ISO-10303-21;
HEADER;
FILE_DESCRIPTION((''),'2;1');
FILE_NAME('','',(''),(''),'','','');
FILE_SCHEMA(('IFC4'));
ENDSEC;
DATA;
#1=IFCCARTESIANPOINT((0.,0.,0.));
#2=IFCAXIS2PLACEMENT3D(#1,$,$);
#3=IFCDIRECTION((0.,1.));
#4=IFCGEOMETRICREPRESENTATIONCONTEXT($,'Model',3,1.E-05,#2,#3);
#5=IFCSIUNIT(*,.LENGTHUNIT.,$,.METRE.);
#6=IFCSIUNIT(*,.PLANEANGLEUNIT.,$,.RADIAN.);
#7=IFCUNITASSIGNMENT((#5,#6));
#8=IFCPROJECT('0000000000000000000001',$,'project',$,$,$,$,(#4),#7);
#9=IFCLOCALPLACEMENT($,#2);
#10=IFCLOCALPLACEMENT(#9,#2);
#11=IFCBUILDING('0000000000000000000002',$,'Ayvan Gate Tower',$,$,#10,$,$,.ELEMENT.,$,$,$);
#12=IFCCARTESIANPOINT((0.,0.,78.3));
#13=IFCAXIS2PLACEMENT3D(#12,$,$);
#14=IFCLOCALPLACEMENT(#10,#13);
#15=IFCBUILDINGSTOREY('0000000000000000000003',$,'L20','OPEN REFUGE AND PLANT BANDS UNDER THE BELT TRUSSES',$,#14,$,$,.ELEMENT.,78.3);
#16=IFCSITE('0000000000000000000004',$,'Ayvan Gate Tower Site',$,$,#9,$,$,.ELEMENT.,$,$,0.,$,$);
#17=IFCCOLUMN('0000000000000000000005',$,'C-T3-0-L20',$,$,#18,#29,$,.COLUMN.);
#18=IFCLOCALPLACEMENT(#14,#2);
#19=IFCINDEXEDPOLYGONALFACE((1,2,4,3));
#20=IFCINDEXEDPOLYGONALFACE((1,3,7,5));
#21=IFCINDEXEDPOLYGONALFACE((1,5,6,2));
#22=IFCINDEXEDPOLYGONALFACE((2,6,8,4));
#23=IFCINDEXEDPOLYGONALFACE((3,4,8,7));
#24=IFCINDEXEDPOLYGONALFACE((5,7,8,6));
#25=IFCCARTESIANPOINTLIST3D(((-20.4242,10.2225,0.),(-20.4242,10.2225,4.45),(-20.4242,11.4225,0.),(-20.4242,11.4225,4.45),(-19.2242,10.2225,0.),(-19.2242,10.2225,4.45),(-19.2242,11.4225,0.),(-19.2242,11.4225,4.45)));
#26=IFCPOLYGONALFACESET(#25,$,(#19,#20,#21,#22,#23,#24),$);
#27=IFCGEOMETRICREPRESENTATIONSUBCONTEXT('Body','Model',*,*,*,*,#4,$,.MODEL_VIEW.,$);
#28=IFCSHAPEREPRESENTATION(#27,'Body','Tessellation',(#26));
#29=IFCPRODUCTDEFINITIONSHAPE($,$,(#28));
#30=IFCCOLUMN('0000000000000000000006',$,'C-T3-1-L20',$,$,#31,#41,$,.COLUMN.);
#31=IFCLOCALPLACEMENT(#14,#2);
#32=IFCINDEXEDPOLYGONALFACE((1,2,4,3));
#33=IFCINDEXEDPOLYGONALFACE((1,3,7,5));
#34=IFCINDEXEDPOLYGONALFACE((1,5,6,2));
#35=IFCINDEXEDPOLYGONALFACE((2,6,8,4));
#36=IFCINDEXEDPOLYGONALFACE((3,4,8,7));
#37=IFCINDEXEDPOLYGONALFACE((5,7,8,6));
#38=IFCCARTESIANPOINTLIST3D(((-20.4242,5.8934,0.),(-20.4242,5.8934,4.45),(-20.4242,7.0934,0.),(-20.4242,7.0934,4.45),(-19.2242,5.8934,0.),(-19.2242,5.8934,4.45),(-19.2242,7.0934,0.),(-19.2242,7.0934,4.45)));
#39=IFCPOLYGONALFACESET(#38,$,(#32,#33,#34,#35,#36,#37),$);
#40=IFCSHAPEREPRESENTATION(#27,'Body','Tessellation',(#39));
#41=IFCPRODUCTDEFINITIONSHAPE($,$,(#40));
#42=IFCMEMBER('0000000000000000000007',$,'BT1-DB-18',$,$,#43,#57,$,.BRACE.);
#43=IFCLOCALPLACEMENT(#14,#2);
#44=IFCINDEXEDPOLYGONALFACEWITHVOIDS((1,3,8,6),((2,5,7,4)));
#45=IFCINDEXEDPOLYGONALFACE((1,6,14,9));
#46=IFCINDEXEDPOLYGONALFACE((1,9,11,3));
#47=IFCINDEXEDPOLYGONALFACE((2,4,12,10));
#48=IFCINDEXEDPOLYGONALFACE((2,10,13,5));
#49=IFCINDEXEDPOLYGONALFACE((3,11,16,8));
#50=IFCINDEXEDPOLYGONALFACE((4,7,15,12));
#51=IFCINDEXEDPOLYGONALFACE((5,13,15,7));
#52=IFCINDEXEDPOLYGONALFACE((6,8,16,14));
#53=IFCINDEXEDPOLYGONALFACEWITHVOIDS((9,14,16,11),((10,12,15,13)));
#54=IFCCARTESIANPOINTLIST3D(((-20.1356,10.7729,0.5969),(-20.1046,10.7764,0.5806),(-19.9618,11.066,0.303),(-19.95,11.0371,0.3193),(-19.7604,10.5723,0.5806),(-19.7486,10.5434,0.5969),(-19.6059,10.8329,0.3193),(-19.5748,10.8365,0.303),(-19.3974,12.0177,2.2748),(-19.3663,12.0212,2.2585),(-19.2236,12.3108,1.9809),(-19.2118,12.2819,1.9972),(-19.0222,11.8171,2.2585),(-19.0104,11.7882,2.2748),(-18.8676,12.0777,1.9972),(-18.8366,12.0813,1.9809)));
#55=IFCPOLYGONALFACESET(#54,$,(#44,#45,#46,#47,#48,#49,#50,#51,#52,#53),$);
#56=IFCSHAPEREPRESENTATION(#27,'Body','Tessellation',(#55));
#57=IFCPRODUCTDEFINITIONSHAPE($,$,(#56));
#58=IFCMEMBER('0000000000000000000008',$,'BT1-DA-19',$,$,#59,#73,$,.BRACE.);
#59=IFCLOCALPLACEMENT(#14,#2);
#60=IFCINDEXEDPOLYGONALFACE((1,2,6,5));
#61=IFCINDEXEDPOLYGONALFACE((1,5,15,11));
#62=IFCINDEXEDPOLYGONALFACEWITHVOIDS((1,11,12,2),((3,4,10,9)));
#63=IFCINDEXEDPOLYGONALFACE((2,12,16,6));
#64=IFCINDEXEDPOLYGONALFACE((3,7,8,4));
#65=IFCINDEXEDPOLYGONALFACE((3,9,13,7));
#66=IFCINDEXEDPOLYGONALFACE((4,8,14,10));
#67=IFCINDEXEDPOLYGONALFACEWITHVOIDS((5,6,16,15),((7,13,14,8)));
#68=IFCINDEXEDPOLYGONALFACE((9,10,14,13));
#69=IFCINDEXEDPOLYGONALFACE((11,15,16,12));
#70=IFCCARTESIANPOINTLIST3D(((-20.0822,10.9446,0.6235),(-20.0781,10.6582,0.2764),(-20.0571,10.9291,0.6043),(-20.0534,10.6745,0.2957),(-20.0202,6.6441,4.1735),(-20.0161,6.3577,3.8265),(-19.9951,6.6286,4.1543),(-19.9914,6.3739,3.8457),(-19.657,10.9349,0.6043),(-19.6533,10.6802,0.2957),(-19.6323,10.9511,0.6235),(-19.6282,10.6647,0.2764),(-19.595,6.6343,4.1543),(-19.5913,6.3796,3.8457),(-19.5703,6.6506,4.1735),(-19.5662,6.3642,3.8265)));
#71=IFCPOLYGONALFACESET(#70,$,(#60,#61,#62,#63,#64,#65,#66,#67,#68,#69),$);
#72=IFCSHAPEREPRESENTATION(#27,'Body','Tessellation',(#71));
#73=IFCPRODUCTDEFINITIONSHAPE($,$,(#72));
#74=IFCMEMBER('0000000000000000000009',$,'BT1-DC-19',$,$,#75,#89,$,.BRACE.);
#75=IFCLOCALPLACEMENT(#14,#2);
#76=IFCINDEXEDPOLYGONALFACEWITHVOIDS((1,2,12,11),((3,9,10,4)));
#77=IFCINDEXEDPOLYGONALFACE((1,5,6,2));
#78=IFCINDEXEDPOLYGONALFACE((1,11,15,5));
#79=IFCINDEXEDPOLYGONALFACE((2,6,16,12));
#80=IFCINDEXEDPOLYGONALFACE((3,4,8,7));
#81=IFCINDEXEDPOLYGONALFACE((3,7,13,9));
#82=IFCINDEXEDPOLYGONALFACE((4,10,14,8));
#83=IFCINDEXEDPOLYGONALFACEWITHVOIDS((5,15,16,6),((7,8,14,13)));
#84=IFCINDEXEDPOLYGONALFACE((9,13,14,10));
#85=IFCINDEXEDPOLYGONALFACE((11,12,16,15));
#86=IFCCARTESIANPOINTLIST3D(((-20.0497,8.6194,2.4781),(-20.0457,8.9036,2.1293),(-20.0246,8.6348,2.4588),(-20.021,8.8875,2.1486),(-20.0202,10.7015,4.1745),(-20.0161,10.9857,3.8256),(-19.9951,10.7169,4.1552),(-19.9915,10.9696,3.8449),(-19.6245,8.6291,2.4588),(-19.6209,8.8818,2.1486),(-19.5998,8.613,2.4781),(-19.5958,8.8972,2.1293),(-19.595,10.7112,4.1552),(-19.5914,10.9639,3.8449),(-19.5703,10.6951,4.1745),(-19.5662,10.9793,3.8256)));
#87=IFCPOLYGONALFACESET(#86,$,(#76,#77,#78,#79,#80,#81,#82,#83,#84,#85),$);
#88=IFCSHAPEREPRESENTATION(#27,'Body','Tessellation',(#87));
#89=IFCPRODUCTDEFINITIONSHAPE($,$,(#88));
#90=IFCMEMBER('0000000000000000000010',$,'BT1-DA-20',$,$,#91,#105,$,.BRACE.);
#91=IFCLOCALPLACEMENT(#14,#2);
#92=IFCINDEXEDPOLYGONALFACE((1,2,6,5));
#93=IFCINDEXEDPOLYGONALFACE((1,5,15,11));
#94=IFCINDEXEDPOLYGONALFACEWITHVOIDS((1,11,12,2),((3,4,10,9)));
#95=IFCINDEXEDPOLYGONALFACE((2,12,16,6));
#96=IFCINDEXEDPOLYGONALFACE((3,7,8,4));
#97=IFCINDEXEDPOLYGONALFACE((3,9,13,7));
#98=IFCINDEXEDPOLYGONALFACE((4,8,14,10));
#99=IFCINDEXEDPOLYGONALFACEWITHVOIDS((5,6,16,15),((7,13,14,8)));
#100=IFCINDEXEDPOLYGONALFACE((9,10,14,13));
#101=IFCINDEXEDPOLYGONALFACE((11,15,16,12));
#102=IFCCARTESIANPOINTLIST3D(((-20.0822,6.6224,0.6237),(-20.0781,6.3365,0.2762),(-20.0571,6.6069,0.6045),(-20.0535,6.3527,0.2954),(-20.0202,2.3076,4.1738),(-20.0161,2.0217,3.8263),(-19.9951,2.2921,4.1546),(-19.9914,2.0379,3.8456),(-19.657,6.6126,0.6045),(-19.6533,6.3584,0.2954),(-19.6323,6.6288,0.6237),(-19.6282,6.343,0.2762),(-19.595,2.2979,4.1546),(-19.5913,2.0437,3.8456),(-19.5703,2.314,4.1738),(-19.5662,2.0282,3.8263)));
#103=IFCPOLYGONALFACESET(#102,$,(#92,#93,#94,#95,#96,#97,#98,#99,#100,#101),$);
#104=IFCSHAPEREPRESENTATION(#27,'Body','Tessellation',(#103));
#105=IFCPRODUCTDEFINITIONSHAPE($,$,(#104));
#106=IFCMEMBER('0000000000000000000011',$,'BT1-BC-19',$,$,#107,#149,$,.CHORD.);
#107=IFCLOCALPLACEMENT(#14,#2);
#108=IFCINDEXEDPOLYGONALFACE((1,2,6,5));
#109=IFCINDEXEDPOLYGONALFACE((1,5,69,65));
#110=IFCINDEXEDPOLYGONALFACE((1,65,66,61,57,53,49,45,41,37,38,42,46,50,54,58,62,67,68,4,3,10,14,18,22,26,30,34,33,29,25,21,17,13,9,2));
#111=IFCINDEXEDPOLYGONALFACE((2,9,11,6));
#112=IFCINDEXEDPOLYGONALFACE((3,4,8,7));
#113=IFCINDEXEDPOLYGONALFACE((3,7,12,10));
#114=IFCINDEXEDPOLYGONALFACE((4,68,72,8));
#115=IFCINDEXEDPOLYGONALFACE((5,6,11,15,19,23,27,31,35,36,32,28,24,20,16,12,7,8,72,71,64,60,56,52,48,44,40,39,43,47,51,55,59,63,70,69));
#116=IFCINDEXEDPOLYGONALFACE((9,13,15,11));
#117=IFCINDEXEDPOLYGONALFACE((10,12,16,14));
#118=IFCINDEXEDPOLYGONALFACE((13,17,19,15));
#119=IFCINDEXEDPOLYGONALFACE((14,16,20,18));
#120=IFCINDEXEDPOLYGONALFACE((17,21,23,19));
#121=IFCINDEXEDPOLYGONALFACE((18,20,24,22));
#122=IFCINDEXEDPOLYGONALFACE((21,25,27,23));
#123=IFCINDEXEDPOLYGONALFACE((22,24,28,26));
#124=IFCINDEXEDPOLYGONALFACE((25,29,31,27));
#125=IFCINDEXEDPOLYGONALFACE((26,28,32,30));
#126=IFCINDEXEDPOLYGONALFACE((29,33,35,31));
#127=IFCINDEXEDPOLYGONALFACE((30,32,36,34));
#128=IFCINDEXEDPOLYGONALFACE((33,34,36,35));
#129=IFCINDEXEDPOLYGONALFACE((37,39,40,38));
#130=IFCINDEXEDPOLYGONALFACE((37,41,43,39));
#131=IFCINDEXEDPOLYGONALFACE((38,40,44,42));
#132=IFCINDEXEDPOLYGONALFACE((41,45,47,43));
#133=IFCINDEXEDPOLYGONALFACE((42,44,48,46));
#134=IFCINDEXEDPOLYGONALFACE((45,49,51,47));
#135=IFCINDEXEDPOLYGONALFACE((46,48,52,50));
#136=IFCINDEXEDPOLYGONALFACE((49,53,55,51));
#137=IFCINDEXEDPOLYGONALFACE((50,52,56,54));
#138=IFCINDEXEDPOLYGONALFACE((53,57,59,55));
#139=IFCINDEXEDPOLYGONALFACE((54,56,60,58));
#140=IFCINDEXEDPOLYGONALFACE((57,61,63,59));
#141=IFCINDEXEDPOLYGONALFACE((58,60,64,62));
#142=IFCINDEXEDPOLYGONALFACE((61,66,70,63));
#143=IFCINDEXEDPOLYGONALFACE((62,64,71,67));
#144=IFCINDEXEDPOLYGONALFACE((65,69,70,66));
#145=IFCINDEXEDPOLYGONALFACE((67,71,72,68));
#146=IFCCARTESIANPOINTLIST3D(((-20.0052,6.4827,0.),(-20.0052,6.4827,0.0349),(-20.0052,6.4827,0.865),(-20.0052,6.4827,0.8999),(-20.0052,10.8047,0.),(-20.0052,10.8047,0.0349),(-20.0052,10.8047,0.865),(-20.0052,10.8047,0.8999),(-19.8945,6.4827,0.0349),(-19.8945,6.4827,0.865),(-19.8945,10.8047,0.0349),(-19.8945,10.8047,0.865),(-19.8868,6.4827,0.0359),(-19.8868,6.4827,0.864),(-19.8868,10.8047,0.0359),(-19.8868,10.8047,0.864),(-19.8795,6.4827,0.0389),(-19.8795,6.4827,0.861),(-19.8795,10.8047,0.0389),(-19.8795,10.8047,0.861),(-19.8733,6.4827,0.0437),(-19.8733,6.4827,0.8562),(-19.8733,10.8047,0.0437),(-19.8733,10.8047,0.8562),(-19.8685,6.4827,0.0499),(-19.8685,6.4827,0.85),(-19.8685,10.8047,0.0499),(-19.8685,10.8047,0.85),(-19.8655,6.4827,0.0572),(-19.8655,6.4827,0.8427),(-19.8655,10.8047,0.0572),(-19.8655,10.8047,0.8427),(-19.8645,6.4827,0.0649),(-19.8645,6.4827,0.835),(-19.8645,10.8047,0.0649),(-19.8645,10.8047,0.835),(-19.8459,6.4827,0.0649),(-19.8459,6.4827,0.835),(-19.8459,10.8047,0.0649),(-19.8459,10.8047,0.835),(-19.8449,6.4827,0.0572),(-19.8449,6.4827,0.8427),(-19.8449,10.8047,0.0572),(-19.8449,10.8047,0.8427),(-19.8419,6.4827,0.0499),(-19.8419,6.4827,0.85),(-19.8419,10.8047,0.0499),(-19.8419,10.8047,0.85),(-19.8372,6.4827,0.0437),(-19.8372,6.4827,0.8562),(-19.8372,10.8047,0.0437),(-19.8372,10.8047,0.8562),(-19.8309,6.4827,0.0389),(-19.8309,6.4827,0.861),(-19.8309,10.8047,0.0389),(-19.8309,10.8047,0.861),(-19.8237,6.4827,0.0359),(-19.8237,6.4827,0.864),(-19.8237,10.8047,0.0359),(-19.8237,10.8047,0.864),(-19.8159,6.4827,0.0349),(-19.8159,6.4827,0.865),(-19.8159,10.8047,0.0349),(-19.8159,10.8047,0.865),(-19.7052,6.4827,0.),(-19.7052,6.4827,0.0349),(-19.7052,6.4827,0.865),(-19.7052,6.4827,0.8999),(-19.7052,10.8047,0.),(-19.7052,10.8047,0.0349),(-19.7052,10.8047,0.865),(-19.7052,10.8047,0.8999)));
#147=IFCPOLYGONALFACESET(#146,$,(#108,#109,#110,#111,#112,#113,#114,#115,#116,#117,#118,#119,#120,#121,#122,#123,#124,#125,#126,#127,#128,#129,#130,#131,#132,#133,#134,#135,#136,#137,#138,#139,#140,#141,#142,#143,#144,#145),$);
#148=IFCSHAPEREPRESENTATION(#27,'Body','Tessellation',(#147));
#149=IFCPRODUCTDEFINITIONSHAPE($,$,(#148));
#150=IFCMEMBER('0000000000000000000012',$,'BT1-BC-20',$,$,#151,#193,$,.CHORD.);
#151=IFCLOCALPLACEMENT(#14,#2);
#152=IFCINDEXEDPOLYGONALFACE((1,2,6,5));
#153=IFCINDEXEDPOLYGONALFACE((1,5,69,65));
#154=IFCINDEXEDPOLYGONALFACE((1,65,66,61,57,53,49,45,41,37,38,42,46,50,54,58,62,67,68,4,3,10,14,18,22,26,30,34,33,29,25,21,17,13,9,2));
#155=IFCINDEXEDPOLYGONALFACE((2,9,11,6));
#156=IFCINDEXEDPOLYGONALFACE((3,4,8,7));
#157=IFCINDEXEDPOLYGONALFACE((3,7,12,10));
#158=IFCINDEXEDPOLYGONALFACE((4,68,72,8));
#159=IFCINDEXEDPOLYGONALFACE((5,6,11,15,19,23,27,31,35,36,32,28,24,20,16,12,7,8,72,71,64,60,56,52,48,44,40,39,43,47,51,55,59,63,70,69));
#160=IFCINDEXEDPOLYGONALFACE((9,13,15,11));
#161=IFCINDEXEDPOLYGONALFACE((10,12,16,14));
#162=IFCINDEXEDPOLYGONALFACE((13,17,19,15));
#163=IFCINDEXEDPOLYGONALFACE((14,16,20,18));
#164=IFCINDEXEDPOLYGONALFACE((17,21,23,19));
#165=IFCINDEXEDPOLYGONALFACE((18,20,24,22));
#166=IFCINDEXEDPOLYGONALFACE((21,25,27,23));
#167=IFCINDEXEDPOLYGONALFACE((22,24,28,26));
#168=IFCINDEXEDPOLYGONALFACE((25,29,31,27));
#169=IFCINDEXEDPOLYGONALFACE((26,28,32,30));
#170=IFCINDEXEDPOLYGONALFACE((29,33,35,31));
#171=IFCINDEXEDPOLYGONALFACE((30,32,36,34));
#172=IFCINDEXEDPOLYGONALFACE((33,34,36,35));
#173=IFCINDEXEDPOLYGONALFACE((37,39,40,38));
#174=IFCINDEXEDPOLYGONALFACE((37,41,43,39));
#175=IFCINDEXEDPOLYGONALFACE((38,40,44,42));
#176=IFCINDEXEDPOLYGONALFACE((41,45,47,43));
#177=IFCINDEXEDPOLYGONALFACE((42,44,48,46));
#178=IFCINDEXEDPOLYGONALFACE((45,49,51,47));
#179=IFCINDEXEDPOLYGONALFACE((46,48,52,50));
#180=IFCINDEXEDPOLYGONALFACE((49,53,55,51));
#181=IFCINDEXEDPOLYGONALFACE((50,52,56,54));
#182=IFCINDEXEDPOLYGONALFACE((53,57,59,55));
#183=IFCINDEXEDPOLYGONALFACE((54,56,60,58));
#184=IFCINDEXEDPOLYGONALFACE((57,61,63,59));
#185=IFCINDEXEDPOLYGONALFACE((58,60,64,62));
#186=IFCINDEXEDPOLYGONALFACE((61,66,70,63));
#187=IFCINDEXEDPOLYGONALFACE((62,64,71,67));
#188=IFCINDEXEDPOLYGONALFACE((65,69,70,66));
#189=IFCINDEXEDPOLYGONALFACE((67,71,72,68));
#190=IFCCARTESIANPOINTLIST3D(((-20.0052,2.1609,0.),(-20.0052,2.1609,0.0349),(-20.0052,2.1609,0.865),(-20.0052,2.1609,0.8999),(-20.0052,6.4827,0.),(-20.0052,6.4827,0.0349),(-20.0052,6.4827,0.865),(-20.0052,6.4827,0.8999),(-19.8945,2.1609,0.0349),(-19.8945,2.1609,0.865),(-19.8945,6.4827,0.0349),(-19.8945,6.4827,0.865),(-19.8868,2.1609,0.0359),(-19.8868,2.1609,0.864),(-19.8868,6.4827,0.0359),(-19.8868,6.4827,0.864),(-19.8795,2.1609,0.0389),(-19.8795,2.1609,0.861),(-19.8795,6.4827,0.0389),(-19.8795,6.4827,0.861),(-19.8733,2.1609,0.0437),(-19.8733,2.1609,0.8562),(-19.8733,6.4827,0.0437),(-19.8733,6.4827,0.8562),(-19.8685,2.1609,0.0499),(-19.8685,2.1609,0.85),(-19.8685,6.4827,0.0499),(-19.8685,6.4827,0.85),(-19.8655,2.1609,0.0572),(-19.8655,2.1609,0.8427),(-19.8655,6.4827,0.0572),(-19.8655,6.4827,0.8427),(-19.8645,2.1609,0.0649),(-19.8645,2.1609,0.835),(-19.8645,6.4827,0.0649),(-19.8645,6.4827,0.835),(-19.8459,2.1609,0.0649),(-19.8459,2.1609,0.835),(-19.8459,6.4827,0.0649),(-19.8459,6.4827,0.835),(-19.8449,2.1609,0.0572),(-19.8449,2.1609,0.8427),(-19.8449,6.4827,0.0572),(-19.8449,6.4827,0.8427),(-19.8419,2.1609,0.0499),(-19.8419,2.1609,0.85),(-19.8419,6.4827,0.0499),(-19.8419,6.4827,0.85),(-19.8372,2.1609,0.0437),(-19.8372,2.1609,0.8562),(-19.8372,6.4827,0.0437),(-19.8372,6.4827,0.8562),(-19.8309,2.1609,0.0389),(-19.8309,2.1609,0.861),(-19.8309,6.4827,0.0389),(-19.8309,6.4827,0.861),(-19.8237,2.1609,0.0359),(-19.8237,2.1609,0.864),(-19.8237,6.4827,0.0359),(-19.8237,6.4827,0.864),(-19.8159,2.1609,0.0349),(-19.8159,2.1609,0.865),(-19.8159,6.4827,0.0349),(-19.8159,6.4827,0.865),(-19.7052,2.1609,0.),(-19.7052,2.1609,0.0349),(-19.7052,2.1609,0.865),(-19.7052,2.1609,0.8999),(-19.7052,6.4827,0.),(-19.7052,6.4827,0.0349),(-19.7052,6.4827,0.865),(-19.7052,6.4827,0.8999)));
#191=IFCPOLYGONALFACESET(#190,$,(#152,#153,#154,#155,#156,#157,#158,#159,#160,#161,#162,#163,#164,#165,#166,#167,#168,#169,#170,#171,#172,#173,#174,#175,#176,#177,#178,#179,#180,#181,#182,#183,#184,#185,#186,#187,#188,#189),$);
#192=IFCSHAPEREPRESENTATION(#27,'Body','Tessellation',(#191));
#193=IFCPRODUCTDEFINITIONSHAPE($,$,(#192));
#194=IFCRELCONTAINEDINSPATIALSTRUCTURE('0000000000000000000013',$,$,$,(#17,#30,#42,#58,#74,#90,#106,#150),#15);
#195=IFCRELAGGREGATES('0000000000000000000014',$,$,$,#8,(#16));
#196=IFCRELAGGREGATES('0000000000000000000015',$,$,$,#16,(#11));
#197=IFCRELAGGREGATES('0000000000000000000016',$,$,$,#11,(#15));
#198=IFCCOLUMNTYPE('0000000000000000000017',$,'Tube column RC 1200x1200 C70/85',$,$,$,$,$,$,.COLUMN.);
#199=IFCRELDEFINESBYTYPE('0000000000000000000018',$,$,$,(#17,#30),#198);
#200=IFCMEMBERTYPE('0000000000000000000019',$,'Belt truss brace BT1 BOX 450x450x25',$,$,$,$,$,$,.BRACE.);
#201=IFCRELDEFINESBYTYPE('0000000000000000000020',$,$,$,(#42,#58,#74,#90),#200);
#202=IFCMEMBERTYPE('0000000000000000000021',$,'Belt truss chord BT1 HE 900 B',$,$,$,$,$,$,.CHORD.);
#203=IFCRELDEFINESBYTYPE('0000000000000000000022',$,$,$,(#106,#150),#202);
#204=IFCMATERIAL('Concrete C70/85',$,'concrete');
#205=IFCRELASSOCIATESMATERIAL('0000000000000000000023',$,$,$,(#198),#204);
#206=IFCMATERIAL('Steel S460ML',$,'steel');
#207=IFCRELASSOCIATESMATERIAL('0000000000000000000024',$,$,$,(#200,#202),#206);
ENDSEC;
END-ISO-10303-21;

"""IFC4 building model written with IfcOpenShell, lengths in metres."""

from ifc_helpers import new_model, si_unit, direction, frame, origin, origin_2d, place, context, subcontext, project, spatial, rectangle, hollow_rectangle, i_section, extrude, material, material_profile, profile_set, type_object, element, save


model = new_model("IFC4")

# Units and contexts
model_context = context("Model", 3, precision=1e-05, world=origin(), true_north=direction((0.0, 1.0)))
body_context = subcontext(model_context, "Body", "Model", "MODEL_VIEW")
ifc_project = project(units=[si_unit("LENGTHUNIT", "METRE"), si_unit("PLANEANGLEUNIT", "RADIAN")], contexts=[model_context])

# Site, building, storey
site_placement = place(None, origin())
site = spatial("IfcSite", under=ifc_project, at=site_placement, Name="Ayvan Gate Tower Site", CompositionType="ELEMENT", RefElevation=0.0)
building_placement = place(site_placement, origin())
building = spatial("IfcBuilding", under=site, at=building_placement, Name="Ayvan Gate Tower", CompositionType="ELEMENT")
storey_placement = place(building_placement, frame((0.0, 0.0, 78.3)))
storey = spatial("IfcBuildingStorey", under=building, at=storey_placement, Name="L20", Description="OPEN REFUGE AND PLANT BANDS UNDER THE BELT TRUSSES", CompositionType="ELEMENT", Elevation=78.3)

# Columns
ifc_material_1 = material(Name="Concrete C70/85", Category="concrete")
ifc_material_profile_1 = material_profile(ifc_material_1, rectangle(XDim=1.2, YDim=1.2, at=origin_2d()), Name="RC 1200x1200")
ifc_profile_set_1 = profile_set([ifc_material_profile_1], Name="Concrete C70/85")
column_type = type_object("IfcColumnType", Name="Tube column RC 1200x1200 C70/85", PredefinedType="COLUMN", material=ifc_profile_set_1)
for number, where, z_axis, x_axis, name in (
    (1, (-19.8242, 10.8225, 0.0), (0.0, 0.0, 1.0), (-1.0, 0.0, 0.0), "C-T3-0-L20"),
    (2, (-19.8242, 6.4934, 0.0), (0.0, 0.0, 1.0), (-1.0, 0.0, 0.0), "C-T3-1-L20"),
):
    element("IfcColumn", number, at=place(storey_placement, frame(where, z_axis=z_axis, x_axis=x_axis)), inside=storey, type_object=column_type, Name=name, PredefinedType="COLUMN", context=body_context, shape_type="SweptSolid", body=[
        extrude(rectangle(XDim=1.2, YDim=1.2, at=origin_2d()), origin(), (0.0, 0.0, 1.0), 4.45),
    ])

# Members
ifc_material_2 = material(Name="Steel S460ML", Category="steel")
ifc_material_profile_2 = material_profile(ifc_material_2, hollow_rectangle(XDim=0.45, YDim=0.45, WallThickness=0.0249, at=origin_2d()), Name="BOX 450x450x25")
ifc_profile_set_2 = profile_set([ifc_material_profile_2], Name="Steel S460ML")
member_type_1 = type_object("IfcMemberType", Name="Belt truss brace BT1 BOX 450x450x25", PredefinedType="BRACE", material=ifc_profile_set_2)
member_1_placement = place(storey_placement, frame((-19.8552, 10.8047, 0.45), z_axis=(0.333169, 0.561782, 0.757232), x_axis=(-0.860116, 0.510098, 0.0)))
element("IfcMember", 3, at=member_1_placement, inside=storey, type_object=member_type_1, Name="BT1-DB-18", PredefinedType="BRACE", context=body_context, shape_type="SweptSolid", body=[
    extrude(hollow_rectangle(XDim=0.45, YDim=0.45, WallThickness=0.0249, at=origin_2d()), origin(), (0.0, 0.0, 1.0), 2.2158),
])
member_2_placement = place(storey_placement, frame((-19.8552, 10.8047, 0.45), z_axis=(0.011119, -0.77114, 0.636568), x_axis=(0.999896, 0.014418, 0.0)))
element("IfcMember", 4, at=member_2_placement, inside=storey, type_object=member_type_1, Name="BT1-DA-19", PredefinedType="BRACE", context=body_context, shape_type="SweptSolid", body=[
    extrude(hollow_rectangle(XDim=0.45, YDim=0.45, WallThickness=0.0249, at=origin_2d()), origin(), (0.0, 0.0, 1.0), 5.5769),
])
member_3_placement = place(storey_placement, frame((-19.8228, 8.7583, 2.3037), z_axis=(0.010999, 0.775221, 0.631594), x_axis=(-0.999899, 0.014187, 0.0)))
element("IfcMember", 5, at=member_3_placement, inside=storey, type_object=member_type_1, Name="BT1-DC-19", PredefinedType="BRACE", context=body_context, shape_type="SweptSolid", body=[
    extrude(hollow_rectangle(XDim=0.45, YDim=0.45, WallThickness=0.0249, at=origin_2d()), origin(), (0.0, 0.0, 1.0), 2.6858),
])
member_4_placement = place(storey_placement, frame((-19.8552, 6.4827, 0.45), z_axis=(0.011098, -0.772166, 0.635323), x_axis=(0.999897, 0.014371, 0.0)))
element("IfcMember", 6, at=member_4_placement, inside=storey, type_object=member_type_1, Name="BT1-DA-20", PredefinedType="BRACE", context=body_context, shape_type="SweptSolid", body=[
    extrude(hollow_rectangle(XDim=0.45, YDim=0.45, WallThickness=0.0249, at=origin_2d()), origin(), (0.0, 0.0, 1.0), 5.5879),
])
ifc_material_profile_3 = material_profile(ifc_material_2, i_section(OverallWidth=0.3, OverallDepth=0.8999, WebThickness=0.0186, FlangeThickness=0.0349, FilletRadius=0.03, at=origin_2d()), Name="HE 900 B")
ifc_profile_set_3 = profile_set([ifc_material_profile_3], Name="Steel S460ML")
member_type_2 = type_object("IfcMemberType", Name="Belt truss chord BT1 HE 900 B", PredefinedType="CHORD", material=ifc_profile_set_3)
member_5_placement = place(storey_placement, frame((-19.8552, 10.8047, 0.45), z_axis=(0.0, -1.0, 0.0), x_axis=(1.0, 0.0, 0.0)))
element("IfcMember", 7, at=member_5_placement, inside=storey, type_object=member_type_2, Name="BT1-BC-19", PredefinedType="CHORD", context=body_context, shape_type="SweptSolid", body=[
    extrude(i_section(OverallWidth=0.3, OverallDepth=0.8999, WebThickness=0.0186, FlangeThickness=0.0349, FilletRadius=0.03, at=origin_2d()), origin(), (0.0, 0.0, 1.0), 4.322),
])
member_6_placement = place(storey_placement, frame((-19.8552, 6.4827, 0.45), z_axis=(0.0, -1.0, 0.0), x_axis=(1.0, 0.0, 0.0)))
element("IfcMember", 8, at=member_6_placement, inside=storey, type_object=member_type_2, Name="BT1-BC-20", PredefinedType="CHORD", context=body_context, shape_type="SweptSolid", body=[
    extrude(i_section(OverallWidth=0.3, OverallDepth=0.8999, WebThickness=0.0186, FlangeThickness=0.0349, FilletRadius=0.03, at=origin_2d()), origin(), (0.0, 0.0, 1.0), 4.3218),
])

save(model, "model.ifc")
